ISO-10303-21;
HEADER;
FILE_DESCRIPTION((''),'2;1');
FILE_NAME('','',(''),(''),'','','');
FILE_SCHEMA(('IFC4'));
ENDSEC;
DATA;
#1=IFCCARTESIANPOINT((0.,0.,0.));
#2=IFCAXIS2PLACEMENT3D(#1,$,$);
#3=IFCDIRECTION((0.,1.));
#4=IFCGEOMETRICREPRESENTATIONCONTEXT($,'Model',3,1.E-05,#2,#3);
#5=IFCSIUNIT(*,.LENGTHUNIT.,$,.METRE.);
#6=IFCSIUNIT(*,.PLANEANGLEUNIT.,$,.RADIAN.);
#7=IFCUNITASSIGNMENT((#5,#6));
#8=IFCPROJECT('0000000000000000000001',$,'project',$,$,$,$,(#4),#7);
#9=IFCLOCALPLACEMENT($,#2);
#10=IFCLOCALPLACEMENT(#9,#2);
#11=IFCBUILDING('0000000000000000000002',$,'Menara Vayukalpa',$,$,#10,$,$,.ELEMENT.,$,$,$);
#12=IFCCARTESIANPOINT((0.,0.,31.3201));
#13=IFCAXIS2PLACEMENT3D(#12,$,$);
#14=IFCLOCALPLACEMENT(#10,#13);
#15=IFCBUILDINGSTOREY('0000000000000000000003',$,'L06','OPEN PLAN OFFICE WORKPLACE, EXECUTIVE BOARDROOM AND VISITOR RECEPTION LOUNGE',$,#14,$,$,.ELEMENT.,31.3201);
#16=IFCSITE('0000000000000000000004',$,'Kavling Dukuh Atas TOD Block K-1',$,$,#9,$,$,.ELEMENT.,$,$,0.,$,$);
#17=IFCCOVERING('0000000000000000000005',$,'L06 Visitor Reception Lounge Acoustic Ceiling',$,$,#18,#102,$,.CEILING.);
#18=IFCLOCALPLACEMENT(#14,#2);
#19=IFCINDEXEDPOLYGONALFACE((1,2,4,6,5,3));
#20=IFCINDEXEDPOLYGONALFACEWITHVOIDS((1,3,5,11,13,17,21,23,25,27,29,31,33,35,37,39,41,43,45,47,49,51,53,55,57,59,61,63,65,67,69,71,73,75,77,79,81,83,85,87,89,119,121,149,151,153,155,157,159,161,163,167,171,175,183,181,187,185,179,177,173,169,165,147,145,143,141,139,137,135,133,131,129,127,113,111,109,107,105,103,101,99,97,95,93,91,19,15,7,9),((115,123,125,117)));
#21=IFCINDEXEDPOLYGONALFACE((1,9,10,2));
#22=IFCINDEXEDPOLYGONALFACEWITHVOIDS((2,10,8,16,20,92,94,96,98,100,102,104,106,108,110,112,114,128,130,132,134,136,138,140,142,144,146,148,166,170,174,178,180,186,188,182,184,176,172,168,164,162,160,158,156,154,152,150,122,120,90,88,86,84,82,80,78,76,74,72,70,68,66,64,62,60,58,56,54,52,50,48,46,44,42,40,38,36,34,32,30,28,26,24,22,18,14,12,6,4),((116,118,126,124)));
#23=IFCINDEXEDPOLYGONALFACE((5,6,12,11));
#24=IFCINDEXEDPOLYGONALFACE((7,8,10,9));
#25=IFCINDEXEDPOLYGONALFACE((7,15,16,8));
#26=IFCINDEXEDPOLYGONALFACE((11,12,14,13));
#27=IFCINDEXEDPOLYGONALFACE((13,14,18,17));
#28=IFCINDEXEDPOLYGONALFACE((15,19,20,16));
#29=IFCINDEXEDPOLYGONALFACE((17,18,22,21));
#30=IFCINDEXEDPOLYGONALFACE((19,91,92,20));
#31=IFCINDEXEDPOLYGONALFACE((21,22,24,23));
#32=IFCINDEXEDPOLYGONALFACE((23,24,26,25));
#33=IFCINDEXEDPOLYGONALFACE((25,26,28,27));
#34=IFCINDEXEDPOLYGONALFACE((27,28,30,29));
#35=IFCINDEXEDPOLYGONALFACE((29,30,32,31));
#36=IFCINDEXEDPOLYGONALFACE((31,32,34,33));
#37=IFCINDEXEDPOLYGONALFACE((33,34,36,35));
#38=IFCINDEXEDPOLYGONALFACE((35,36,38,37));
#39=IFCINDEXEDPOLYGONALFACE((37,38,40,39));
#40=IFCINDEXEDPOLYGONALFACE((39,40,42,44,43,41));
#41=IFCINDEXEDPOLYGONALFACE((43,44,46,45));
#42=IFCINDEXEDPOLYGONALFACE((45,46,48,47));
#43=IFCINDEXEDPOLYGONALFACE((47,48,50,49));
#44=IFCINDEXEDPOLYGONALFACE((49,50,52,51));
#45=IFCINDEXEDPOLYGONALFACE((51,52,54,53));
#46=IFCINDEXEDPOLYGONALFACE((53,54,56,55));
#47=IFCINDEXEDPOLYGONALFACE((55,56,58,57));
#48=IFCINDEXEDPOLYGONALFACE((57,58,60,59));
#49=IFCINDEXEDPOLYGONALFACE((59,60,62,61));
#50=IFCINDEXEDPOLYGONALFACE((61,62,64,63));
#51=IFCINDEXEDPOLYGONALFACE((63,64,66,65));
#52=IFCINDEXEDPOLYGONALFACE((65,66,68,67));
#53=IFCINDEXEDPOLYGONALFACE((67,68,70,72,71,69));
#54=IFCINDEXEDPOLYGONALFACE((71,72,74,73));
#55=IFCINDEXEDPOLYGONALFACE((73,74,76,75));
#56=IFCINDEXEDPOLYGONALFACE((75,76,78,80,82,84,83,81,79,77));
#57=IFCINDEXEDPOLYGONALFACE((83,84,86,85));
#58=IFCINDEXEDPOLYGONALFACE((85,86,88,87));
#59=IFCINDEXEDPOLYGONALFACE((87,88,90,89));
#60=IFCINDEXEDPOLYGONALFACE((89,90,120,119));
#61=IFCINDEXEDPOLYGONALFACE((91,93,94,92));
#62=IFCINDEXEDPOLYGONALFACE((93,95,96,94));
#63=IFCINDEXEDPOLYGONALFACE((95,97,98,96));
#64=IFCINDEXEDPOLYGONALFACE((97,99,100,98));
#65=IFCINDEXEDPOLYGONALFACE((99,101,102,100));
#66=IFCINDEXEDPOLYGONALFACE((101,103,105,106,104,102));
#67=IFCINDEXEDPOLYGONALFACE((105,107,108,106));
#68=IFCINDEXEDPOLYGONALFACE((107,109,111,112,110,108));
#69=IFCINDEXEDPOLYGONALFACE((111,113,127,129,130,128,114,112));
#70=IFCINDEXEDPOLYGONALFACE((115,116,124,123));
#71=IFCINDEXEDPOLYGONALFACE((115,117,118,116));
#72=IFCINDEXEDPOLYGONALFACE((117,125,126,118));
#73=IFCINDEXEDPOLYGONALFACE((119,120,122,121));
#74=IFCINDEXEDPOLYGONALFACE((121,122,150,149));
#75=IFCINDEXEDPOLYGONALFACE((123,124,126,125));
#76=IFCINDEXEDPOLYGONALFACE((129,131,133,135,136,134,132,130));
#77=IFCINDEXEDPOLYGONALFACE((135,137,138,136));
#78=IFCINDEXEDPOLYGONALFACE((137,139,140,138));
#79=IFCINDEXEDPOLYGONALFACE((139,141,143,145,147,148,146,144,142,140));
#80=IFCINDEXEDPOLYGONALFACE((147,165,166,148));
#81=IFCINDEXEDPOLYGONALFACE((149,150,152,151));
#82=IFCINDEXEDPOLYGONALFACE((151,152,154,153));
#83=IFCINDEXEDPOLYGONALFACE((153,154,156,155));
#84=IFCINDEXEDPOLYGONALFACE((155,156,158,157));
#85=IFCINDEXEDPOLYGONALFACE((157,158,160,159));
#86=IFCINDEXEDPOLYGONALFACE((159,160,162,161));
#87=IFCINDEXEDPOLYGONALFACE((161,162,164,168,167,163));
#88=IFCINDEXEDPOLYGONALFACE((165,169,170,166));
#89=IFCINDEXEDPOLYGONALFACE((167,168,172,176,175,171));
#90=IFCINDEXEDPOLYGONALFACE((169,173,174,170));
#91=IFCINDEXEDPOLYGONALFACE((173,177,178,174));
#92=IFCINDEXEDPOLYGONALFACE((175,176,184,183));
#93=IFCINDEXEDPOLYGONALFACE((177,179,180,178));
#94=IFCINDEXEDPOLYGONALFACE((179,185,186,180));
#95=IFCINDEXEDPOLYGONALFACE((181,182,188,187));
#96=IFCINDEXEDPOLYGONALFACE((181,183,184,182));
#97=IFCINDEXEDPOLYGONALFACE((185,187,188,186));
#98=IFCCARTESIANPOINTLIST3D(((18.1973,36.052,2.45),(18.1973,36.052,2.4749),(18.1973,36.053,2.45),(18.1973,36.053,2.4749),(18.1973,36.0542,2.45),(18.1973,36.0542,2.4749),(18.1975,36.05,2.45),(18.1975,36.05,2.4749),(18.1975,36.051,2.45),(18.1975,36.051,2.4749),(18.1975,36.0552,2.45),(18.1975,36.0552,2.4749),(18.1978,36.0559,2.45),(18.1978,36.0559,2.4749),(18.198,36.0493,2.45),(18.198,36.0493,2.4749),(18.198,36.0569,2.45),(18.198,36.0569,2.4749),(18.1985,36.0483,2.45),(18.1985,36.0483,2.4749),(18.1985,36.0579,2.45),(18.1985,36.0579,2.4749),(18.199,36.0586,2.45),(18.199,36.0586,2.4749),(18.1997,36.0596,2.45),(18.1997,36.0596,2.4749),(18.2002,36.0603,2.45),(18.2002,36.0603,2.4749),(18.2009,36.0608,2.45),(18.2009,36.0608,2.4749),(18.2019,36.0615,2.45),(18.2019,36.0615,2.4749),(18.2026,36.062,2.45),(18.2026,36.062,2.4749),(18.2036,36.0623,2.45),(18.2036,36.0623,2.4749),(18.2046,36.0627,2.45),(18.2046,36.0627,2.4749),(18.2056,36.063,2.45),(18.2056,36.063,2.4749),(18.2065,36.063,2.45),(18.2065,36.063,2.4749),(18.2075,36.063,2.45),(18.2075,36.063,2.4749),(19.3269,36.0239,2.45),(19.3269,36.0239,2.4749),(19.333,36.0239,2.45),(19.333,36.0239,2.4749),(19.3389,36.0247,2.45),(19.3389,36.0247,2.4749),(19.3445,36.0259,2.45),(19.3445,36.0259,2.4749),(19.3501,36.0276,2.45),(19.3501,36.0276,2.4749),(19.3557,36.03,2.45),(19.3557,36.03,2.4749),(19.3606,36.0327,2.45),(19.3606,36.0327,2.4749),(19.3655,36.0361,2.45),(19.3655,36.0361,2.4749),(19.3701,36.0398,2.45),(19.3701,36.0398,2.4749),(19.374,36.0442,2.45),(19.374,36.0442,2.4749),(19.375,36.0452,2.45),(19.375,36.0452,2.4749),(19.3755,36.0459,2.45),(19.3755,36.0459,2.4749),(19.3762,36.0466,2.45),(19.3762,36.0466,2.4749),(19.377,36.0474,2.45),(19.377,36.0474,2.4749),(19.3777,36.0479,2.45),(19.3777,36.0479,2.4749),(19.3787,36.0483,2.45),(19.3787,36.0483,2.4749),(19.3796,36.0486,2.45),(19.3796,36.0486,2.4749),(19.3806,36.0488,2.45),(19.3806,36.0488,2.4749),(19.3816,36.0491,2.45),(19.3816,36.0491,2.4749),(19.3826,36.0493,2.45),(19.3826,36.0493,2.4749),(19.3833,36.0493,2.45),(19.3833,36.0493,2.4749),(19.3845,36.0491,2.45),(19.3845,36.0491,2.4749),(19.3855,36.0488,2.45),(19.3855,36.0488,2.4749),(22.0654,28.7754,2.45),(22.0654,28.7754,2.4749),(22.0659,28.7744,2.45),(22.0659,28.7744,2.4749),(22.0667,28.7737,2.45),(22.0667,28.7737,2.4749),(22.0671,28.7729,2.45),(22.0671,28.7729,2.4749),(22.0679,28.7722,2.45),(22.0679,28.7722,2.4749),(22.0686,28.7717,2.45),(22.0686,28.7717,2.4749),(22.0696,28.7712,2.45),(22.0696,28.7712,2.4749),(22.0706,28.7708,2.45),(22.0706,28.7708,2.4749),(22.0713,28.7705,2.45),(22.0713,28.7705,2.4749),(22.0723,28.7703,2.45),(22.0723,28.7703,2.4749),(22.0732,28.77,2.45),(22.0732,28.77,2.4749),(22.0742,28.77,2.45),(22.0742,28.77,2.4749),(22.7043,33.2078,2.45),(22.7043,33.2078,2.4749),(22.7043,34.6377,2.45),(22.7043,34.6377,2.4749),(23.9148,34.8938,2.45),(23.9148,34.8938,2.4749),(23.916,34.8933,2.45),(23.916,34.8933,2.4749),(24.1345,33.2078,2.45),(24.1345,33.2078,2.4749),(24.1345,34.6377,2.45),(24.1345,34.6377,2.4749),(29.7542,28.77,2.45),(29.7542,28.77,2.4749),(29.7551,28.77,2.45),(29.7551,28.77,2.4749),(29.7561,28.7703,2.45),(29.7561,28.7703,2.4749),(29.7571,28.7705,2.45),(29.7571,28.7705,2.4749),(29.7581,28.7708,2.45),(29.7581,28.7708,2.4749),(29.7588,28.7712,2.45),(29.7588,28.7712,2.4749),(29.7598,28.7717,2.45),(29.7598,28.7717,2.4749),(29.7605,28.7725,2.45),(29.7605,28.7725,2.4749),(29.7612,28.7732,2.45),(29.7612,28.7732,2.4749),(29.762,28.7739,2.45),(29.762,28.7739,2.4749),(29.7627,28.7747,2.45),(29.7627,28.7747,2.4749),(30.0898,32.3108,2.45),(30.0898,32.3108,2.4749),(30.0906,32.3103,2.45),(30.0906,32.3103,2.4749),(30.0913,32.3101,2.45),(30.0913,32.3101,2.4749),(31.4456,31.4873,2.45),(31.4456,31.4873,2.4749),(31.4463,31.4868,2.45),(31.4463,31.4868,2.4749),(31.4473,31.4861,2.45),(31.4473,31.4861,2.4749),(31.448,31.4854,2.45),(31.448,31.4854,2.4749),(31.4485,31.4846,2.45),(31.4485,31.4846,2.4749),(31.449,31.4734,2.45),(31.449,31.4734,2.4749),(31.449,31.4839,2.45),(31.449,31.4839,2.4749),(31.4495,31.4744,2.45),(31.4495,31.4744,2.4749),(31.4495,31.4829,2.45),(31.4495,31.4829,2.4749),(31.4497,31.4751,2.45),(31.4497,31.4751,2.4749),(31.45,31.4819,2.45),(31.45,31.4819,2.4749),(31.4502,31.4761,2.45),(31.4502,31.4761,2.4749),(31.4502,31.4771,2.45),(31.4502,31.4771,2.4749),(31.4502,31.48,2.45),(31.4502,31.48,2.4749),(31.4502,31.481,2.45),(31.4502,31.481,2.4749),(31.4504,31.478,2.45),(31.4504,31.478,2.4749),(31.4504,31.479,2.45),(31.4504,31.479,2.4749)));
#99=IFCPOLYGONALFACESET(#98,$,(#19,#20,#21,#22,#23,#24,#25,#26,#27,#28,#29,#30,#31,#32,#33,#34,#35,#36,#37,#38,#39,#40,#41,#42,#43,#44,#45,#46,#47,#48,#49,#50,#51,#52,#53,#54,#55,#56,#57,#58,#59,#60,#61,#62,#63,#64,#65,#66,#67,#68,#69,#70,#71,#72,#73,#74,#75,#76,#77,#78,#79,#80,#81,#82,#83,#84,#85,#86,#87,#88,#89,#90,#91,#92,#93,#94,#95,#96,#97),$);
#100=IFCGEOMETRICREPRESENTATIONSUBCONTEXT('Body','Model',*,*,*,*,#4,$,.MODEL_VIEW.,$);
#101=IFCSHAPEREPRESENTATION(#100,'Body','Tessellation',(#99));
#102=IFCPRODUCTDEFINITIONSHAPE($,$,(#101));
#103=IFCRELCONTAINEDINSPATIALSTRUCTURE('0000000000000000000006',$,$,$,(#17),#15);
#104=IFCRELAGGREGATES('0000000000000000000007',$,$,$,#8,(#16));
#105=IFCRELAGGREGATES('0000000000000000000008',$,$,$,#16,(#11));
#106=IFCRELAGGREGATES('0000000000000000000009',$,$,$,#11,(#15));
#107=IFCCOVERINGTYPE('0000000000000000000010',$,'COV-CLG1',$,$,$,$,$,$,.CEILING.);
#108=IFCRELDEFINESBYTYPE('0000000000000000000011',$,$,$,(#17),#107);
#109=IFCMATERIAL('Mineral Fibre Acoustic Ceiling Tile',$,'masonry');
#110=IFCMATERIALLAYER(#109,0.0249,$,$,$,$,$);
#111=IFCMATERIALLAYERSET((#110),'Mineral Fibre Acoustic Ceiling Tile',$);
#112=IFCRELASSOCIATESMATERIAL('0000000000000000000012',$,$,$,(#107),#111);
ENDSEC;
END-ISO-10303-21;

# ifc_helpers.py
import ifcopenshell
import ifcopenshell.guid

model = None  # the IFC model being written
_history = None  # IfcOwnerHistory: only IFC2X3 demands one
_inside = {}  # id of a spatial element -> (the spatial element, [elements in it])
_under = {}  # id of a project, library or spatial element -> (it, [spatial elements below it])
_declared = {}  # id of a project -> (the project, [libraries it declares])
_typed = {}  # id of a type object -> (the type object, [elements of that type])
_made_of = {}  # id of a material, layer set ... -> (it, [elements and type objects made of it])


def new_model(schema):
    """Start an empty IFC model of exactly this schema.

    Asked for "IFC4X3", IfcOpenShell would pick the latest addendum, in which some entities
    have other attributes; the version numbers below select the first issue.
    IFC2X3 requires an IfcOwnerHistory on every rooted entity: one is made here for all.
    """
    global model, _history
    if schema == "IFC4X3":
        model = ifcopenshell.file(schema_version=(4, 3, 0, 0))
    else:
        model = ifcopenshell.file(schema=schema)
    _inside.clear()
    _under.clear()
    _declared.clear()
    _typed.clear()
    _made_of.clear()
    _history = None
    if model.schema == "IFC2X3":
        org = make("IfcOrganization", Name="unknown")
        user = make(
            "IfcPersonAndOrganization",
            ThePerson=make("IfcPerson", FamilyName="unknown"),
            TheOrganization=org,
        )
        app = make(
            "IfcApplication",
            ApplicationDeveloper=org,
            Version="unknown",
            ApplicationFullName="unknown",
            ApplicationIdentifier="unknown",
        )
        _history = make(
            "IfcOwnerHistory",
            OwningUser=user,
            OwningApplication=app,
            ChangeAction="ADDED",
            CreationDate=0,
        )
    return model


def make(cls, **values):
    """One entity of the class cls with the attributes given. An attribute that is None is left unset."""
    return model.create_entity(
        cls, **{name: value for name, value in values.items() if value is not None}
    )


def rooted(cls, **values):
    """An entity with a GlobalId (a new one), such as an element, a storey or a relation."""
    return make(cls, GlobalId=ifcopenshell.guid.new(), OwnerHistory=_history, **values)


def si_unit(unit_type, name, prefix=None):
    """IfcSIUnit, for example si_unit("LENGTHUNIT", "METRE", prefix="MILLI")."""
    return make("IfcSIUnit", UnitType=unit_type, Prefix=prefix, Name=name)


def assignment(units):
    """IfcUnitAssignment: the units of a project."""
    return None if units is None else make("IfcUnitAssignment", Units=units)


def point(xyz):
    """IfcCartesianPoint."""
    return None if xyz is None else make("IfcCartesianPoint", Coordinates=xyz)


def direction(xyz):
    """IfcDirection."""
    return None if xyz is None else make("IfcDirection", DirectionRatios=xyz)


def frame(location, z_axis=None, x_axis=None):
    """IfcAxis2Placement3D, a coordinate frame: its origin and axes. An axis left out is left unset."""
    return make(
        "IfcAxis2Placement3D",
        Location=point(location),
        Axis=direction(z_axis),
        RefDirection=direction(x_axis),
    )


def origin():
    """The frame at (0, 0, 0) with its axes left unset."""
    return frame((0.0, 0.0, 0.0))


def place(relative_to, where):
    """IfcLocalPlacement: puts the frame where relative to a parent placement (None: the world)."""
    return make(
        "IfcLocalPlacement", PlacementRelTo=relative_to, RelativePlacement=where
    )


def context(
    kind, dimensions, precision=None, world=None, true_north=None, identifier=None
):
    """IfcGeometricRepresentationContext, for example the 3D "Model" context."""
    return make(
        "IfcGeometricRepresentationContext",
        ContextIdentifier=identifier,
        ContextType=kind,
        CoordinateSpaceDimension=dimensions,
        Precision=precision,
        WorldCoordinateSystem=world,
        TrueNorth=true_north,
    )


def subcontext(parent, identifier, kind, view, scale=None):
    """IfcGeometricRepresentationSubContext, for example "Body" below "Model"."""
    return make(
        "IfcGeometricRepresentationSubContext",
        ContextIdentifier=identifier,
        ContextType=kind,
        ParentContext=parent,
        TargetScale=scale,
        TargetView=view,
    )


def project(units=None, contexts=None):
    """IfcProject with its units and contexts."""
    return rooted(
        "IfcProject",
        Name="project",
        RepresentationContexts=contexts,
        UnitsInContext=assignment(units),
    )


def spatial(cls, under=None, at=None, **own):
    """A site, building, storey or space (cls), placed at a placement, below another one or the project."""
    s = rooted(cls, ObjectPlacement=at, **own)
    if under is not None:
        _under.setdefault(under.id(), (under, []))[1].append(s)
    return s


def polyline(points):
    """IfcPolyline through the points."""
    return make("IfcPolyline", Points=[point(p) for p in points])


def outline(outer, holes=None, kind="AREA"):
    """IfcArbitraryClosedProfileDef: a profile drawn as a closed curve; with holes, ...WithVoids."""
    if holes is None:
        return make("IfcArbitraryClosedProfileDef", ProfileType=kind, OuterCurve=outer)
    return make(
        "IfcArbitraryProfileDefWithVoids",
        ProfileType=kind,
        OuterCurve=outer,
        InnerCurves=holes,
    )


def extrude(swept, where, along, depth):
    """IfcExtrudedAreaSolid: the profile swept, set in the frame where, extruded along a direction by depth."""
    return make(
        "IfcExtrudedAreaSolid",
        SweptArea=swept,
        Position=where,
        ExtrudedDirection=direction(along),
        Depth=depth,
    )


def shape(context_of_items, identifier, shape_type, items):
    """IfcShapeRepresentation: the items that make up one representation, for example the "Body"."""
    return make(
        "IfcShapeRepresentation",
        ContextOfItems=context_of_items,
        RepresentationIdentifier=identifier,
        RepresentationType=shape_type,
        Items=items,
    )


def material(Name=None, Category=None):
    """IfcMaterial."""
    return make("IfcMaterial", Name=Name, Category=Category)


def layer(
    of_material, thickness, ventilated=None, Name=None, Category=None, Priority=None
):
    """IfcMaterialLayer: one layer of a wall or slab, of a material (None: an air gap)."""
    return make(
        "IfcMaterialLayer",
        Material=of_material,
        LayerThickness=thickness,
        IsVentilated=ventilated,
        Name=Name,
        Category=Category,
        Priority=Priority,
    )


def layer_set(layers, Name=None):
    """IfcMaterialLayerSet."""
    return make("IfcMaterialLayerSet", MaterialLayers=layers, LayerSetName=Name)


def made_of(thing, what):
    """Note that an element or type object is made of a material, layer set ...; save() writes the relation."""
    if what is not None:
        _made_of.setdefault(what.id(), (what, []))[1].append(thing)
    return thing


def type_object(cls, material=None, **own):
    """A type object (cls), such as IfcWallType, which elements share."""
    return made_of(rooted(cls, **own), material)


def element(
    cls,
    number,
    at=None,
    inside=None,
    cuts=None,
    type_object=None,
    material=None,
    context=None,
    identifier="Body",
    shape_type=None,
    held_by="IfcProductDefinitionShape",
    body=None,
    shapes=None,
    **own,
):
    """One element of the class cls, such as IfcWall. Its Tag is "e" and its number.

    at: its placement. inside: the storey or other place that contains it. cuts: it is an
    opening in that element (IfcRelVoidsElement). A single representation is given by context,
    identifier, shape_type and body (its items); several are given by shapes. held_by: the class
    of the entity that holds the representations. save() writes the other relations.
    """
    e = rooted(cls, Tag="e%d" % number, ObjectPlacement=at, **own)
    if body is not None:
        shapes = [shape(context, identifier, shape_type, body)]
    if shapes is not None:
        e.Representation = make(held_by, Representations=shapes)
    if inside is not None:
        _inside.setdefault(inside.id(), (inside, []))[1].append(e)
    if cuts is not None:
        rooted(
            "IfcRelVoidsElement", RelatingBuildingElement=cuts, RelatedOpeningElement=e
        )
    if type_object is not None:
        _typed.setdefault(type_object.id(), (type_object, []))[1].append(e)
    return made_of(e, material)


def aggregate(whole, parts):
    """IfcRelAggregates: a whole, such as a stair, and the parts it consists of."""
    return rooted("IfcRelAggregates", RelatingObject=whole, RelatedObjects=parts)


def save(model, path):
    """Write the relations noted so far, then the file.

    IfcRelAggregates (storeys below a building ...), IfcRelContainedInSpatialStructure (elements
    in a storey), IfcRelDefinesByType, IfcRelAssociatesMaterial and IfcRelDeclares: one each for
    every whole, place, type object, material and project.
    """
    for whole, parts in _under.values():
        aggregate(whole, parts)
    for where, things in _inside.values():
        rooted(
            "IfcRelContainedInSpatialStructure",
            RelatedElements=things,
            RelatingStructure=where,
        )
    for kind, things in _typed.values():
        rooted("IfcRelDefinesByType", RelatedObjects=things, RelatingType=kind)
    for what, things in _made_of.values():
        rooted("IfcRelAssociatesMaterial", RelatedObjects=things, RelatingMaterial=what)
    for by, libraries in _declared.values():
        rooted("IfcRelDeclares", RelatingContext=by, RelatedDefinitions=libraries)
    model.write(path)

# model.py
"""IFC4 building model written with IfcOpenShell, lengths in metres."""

from ifc_helpers import new_model, si_unit, direction, frame, origin, place, context, subcontext, project, spatial, polyline, outline, extrude, material, layer, layer_set, type_object, element, save


model = new_model("IFC4")

# Units and contexts
model_context = context("Model", 3, precision=1e-05, world=origin(), true_north=direction((0.0, 1.0)))
body_context = subcontext(model_context, "Body", "Model", "MODEL_VIEW")
ifc_project = project(units=[si_unit("LENGTHUNIT", "METRE"), si_unit("PLANEANGLEUNIT", "RADIAN")], contexts=[model_context])

# Site, building, storey
site_placement = place(None, origin())
site = spatial("IfcSite", under=ifc_project, at=site_placement, Name="Kavling Dukuh Atas TOD Block K-1", CompositionType="ELEMENT", RefElevation=0.0)
building_placement = place(site_placement, origin())
building = spatial("IfcBuilding", under=site, at=building_placement, Name="Menara Vayukalpa", CompositionType="ELEMENT")
storey_placement = place(building_placement, frame((0.0, 0.0, 31.3201)))
storey = spatial("IfcBuildingStorey", under=building, at=storey_placement, Name="L06", Description="OPEN PLAN OFFICE WORKPLACE, EXECUTIVE BOARDROOM AND VISITOR RECEPTION LOUNGE", CompositionType="ELEMENT", Elevation=31.3201)

# Covering
ifc_material_1 = material(Name="Mineral Fibre Acoustic Ceiling Tile", Category="masonry")
ifc_layer_1 = layer(ifc_material_1, 0.0249)
ifc_layer_set_1 = layer_set([ifc_layer_1], Name="Mineral Fibre Acoustic Ceiling Tile")
covering_type_1 = type_object("IfcCoveringType", Name="COV-CLG1", PredefinedType="CEILING", material=ifc_layer_set_1)
covering_1_placement = place(storey_placement, frame((0.0, 0.0, 2.45)))
element("IfcCovering", 1, at=covering_1_placement, inside=storey, type_object=covering_type_1, Name="L06 Visitor Reception Lounge Acoustic Ceiling", PredefinedType="CEILING", context=body_context, shape_type="SweptSolid", body=[
    extrude(outline(polyline([(30.0898, 32.3108), (30.0906, 32.3103), (30.0913, 32.3101), (31.4456, 31.4873), (31.4463, 31.4868), (31.4473, 31.4861), (31.448, 31.4854), (31.4485, 31.4846), (31.449, 31.4839), (31.4495, 31.4829), (31.45, 31.4819), (31.4502, 31.481), (31.4502, 31.48), (31.4504, 31.479), (31.4504, 31.478), (31.4502, 31.4771), (31.4502, 31.4761), (31.4497, 31.4751), (31.4495, 31.4744), (31.449, 31.4734), (29.7627, 28.7747), (29.762, 28.7739), (29.7612, 28.7732), (29.7605, 28.7725), (29.7598, 28.7717), (29.7588, 28.7712), (29.7581, 28.7708), (29.7571, 28.7705), (29.7561, 28.7703), (29.7551, 28.77), (29.7542, 28.77), (22.0742, 28.77), (22.0732, 28.77), (22.0723, 28.7703), (22.0713, 28.7705), (22.0706, 28.7708), (22.0696, 28.7712), (22.0686, 28.7717), (22.0679, 28.7722), (22.0671, 28.7729), (22.0667, 28.7737), (22.0659, 28.7744), (22.0654, 28.7754), (18.1985, 36.0483), (18.198, 36.0493), (18.1975, 36.05), (18.1975, 36.051), (18.1973, 36.052), (18.1973, 36.053), (18.1973, 36.0542), (18.1975, 36.0552), (18.1978, 36.0559), (18.198, 36.0569), (18.1985, 36.0579), (18.199, 36.0586), (18.1997, 36.0596), (18.2002, 36.0603), (18.2009, 36.0608), (18.2019, 36.0615), (18.2026, 36.062), (18.2036, 36.0623), (18.2046, 36.0627), (18.2056, 36.063), (18.2065, 36.063), (18.2075, 36.063), (19.3269, 36.0239), (19.333, 36.0239), (19.3389, 36.0247), (19.3445, 36.0259), (19.3501, 36.0276), (19.3557, 36.03), (19.3606, 36.0327), (19.3655, 36.0361), (19.3701, 36.0398), (19.374, 36.0442), (19.375, 36.0452), (19.3755, 36.0459), (19.3762, 36.0466), (19.377, 36.0474), (19.3777, 36.0479), (19.3787, 36.0483), (19.3796, 36.0486), (19.3806, 36.0488), (19.3816, 36.0491), (19.3826, 36.0493), (19.3833, 36.0493), (19.3845, 36.0491), (19.3855, 36.0488), (23.9148, 34.8938), (23.916, 34.8933), (30.0898, 32.3108)]), holes=[polyline([(24.1345, 33.2078), (24.1345, 34.6377), (22.7043, 34.6377), (22.7043, 33.2078), (24.1345, 33.2078)])]), origin(), (0.0, 0.0, 1.0), 0.0249),
])

save(model, "model.ifc")
